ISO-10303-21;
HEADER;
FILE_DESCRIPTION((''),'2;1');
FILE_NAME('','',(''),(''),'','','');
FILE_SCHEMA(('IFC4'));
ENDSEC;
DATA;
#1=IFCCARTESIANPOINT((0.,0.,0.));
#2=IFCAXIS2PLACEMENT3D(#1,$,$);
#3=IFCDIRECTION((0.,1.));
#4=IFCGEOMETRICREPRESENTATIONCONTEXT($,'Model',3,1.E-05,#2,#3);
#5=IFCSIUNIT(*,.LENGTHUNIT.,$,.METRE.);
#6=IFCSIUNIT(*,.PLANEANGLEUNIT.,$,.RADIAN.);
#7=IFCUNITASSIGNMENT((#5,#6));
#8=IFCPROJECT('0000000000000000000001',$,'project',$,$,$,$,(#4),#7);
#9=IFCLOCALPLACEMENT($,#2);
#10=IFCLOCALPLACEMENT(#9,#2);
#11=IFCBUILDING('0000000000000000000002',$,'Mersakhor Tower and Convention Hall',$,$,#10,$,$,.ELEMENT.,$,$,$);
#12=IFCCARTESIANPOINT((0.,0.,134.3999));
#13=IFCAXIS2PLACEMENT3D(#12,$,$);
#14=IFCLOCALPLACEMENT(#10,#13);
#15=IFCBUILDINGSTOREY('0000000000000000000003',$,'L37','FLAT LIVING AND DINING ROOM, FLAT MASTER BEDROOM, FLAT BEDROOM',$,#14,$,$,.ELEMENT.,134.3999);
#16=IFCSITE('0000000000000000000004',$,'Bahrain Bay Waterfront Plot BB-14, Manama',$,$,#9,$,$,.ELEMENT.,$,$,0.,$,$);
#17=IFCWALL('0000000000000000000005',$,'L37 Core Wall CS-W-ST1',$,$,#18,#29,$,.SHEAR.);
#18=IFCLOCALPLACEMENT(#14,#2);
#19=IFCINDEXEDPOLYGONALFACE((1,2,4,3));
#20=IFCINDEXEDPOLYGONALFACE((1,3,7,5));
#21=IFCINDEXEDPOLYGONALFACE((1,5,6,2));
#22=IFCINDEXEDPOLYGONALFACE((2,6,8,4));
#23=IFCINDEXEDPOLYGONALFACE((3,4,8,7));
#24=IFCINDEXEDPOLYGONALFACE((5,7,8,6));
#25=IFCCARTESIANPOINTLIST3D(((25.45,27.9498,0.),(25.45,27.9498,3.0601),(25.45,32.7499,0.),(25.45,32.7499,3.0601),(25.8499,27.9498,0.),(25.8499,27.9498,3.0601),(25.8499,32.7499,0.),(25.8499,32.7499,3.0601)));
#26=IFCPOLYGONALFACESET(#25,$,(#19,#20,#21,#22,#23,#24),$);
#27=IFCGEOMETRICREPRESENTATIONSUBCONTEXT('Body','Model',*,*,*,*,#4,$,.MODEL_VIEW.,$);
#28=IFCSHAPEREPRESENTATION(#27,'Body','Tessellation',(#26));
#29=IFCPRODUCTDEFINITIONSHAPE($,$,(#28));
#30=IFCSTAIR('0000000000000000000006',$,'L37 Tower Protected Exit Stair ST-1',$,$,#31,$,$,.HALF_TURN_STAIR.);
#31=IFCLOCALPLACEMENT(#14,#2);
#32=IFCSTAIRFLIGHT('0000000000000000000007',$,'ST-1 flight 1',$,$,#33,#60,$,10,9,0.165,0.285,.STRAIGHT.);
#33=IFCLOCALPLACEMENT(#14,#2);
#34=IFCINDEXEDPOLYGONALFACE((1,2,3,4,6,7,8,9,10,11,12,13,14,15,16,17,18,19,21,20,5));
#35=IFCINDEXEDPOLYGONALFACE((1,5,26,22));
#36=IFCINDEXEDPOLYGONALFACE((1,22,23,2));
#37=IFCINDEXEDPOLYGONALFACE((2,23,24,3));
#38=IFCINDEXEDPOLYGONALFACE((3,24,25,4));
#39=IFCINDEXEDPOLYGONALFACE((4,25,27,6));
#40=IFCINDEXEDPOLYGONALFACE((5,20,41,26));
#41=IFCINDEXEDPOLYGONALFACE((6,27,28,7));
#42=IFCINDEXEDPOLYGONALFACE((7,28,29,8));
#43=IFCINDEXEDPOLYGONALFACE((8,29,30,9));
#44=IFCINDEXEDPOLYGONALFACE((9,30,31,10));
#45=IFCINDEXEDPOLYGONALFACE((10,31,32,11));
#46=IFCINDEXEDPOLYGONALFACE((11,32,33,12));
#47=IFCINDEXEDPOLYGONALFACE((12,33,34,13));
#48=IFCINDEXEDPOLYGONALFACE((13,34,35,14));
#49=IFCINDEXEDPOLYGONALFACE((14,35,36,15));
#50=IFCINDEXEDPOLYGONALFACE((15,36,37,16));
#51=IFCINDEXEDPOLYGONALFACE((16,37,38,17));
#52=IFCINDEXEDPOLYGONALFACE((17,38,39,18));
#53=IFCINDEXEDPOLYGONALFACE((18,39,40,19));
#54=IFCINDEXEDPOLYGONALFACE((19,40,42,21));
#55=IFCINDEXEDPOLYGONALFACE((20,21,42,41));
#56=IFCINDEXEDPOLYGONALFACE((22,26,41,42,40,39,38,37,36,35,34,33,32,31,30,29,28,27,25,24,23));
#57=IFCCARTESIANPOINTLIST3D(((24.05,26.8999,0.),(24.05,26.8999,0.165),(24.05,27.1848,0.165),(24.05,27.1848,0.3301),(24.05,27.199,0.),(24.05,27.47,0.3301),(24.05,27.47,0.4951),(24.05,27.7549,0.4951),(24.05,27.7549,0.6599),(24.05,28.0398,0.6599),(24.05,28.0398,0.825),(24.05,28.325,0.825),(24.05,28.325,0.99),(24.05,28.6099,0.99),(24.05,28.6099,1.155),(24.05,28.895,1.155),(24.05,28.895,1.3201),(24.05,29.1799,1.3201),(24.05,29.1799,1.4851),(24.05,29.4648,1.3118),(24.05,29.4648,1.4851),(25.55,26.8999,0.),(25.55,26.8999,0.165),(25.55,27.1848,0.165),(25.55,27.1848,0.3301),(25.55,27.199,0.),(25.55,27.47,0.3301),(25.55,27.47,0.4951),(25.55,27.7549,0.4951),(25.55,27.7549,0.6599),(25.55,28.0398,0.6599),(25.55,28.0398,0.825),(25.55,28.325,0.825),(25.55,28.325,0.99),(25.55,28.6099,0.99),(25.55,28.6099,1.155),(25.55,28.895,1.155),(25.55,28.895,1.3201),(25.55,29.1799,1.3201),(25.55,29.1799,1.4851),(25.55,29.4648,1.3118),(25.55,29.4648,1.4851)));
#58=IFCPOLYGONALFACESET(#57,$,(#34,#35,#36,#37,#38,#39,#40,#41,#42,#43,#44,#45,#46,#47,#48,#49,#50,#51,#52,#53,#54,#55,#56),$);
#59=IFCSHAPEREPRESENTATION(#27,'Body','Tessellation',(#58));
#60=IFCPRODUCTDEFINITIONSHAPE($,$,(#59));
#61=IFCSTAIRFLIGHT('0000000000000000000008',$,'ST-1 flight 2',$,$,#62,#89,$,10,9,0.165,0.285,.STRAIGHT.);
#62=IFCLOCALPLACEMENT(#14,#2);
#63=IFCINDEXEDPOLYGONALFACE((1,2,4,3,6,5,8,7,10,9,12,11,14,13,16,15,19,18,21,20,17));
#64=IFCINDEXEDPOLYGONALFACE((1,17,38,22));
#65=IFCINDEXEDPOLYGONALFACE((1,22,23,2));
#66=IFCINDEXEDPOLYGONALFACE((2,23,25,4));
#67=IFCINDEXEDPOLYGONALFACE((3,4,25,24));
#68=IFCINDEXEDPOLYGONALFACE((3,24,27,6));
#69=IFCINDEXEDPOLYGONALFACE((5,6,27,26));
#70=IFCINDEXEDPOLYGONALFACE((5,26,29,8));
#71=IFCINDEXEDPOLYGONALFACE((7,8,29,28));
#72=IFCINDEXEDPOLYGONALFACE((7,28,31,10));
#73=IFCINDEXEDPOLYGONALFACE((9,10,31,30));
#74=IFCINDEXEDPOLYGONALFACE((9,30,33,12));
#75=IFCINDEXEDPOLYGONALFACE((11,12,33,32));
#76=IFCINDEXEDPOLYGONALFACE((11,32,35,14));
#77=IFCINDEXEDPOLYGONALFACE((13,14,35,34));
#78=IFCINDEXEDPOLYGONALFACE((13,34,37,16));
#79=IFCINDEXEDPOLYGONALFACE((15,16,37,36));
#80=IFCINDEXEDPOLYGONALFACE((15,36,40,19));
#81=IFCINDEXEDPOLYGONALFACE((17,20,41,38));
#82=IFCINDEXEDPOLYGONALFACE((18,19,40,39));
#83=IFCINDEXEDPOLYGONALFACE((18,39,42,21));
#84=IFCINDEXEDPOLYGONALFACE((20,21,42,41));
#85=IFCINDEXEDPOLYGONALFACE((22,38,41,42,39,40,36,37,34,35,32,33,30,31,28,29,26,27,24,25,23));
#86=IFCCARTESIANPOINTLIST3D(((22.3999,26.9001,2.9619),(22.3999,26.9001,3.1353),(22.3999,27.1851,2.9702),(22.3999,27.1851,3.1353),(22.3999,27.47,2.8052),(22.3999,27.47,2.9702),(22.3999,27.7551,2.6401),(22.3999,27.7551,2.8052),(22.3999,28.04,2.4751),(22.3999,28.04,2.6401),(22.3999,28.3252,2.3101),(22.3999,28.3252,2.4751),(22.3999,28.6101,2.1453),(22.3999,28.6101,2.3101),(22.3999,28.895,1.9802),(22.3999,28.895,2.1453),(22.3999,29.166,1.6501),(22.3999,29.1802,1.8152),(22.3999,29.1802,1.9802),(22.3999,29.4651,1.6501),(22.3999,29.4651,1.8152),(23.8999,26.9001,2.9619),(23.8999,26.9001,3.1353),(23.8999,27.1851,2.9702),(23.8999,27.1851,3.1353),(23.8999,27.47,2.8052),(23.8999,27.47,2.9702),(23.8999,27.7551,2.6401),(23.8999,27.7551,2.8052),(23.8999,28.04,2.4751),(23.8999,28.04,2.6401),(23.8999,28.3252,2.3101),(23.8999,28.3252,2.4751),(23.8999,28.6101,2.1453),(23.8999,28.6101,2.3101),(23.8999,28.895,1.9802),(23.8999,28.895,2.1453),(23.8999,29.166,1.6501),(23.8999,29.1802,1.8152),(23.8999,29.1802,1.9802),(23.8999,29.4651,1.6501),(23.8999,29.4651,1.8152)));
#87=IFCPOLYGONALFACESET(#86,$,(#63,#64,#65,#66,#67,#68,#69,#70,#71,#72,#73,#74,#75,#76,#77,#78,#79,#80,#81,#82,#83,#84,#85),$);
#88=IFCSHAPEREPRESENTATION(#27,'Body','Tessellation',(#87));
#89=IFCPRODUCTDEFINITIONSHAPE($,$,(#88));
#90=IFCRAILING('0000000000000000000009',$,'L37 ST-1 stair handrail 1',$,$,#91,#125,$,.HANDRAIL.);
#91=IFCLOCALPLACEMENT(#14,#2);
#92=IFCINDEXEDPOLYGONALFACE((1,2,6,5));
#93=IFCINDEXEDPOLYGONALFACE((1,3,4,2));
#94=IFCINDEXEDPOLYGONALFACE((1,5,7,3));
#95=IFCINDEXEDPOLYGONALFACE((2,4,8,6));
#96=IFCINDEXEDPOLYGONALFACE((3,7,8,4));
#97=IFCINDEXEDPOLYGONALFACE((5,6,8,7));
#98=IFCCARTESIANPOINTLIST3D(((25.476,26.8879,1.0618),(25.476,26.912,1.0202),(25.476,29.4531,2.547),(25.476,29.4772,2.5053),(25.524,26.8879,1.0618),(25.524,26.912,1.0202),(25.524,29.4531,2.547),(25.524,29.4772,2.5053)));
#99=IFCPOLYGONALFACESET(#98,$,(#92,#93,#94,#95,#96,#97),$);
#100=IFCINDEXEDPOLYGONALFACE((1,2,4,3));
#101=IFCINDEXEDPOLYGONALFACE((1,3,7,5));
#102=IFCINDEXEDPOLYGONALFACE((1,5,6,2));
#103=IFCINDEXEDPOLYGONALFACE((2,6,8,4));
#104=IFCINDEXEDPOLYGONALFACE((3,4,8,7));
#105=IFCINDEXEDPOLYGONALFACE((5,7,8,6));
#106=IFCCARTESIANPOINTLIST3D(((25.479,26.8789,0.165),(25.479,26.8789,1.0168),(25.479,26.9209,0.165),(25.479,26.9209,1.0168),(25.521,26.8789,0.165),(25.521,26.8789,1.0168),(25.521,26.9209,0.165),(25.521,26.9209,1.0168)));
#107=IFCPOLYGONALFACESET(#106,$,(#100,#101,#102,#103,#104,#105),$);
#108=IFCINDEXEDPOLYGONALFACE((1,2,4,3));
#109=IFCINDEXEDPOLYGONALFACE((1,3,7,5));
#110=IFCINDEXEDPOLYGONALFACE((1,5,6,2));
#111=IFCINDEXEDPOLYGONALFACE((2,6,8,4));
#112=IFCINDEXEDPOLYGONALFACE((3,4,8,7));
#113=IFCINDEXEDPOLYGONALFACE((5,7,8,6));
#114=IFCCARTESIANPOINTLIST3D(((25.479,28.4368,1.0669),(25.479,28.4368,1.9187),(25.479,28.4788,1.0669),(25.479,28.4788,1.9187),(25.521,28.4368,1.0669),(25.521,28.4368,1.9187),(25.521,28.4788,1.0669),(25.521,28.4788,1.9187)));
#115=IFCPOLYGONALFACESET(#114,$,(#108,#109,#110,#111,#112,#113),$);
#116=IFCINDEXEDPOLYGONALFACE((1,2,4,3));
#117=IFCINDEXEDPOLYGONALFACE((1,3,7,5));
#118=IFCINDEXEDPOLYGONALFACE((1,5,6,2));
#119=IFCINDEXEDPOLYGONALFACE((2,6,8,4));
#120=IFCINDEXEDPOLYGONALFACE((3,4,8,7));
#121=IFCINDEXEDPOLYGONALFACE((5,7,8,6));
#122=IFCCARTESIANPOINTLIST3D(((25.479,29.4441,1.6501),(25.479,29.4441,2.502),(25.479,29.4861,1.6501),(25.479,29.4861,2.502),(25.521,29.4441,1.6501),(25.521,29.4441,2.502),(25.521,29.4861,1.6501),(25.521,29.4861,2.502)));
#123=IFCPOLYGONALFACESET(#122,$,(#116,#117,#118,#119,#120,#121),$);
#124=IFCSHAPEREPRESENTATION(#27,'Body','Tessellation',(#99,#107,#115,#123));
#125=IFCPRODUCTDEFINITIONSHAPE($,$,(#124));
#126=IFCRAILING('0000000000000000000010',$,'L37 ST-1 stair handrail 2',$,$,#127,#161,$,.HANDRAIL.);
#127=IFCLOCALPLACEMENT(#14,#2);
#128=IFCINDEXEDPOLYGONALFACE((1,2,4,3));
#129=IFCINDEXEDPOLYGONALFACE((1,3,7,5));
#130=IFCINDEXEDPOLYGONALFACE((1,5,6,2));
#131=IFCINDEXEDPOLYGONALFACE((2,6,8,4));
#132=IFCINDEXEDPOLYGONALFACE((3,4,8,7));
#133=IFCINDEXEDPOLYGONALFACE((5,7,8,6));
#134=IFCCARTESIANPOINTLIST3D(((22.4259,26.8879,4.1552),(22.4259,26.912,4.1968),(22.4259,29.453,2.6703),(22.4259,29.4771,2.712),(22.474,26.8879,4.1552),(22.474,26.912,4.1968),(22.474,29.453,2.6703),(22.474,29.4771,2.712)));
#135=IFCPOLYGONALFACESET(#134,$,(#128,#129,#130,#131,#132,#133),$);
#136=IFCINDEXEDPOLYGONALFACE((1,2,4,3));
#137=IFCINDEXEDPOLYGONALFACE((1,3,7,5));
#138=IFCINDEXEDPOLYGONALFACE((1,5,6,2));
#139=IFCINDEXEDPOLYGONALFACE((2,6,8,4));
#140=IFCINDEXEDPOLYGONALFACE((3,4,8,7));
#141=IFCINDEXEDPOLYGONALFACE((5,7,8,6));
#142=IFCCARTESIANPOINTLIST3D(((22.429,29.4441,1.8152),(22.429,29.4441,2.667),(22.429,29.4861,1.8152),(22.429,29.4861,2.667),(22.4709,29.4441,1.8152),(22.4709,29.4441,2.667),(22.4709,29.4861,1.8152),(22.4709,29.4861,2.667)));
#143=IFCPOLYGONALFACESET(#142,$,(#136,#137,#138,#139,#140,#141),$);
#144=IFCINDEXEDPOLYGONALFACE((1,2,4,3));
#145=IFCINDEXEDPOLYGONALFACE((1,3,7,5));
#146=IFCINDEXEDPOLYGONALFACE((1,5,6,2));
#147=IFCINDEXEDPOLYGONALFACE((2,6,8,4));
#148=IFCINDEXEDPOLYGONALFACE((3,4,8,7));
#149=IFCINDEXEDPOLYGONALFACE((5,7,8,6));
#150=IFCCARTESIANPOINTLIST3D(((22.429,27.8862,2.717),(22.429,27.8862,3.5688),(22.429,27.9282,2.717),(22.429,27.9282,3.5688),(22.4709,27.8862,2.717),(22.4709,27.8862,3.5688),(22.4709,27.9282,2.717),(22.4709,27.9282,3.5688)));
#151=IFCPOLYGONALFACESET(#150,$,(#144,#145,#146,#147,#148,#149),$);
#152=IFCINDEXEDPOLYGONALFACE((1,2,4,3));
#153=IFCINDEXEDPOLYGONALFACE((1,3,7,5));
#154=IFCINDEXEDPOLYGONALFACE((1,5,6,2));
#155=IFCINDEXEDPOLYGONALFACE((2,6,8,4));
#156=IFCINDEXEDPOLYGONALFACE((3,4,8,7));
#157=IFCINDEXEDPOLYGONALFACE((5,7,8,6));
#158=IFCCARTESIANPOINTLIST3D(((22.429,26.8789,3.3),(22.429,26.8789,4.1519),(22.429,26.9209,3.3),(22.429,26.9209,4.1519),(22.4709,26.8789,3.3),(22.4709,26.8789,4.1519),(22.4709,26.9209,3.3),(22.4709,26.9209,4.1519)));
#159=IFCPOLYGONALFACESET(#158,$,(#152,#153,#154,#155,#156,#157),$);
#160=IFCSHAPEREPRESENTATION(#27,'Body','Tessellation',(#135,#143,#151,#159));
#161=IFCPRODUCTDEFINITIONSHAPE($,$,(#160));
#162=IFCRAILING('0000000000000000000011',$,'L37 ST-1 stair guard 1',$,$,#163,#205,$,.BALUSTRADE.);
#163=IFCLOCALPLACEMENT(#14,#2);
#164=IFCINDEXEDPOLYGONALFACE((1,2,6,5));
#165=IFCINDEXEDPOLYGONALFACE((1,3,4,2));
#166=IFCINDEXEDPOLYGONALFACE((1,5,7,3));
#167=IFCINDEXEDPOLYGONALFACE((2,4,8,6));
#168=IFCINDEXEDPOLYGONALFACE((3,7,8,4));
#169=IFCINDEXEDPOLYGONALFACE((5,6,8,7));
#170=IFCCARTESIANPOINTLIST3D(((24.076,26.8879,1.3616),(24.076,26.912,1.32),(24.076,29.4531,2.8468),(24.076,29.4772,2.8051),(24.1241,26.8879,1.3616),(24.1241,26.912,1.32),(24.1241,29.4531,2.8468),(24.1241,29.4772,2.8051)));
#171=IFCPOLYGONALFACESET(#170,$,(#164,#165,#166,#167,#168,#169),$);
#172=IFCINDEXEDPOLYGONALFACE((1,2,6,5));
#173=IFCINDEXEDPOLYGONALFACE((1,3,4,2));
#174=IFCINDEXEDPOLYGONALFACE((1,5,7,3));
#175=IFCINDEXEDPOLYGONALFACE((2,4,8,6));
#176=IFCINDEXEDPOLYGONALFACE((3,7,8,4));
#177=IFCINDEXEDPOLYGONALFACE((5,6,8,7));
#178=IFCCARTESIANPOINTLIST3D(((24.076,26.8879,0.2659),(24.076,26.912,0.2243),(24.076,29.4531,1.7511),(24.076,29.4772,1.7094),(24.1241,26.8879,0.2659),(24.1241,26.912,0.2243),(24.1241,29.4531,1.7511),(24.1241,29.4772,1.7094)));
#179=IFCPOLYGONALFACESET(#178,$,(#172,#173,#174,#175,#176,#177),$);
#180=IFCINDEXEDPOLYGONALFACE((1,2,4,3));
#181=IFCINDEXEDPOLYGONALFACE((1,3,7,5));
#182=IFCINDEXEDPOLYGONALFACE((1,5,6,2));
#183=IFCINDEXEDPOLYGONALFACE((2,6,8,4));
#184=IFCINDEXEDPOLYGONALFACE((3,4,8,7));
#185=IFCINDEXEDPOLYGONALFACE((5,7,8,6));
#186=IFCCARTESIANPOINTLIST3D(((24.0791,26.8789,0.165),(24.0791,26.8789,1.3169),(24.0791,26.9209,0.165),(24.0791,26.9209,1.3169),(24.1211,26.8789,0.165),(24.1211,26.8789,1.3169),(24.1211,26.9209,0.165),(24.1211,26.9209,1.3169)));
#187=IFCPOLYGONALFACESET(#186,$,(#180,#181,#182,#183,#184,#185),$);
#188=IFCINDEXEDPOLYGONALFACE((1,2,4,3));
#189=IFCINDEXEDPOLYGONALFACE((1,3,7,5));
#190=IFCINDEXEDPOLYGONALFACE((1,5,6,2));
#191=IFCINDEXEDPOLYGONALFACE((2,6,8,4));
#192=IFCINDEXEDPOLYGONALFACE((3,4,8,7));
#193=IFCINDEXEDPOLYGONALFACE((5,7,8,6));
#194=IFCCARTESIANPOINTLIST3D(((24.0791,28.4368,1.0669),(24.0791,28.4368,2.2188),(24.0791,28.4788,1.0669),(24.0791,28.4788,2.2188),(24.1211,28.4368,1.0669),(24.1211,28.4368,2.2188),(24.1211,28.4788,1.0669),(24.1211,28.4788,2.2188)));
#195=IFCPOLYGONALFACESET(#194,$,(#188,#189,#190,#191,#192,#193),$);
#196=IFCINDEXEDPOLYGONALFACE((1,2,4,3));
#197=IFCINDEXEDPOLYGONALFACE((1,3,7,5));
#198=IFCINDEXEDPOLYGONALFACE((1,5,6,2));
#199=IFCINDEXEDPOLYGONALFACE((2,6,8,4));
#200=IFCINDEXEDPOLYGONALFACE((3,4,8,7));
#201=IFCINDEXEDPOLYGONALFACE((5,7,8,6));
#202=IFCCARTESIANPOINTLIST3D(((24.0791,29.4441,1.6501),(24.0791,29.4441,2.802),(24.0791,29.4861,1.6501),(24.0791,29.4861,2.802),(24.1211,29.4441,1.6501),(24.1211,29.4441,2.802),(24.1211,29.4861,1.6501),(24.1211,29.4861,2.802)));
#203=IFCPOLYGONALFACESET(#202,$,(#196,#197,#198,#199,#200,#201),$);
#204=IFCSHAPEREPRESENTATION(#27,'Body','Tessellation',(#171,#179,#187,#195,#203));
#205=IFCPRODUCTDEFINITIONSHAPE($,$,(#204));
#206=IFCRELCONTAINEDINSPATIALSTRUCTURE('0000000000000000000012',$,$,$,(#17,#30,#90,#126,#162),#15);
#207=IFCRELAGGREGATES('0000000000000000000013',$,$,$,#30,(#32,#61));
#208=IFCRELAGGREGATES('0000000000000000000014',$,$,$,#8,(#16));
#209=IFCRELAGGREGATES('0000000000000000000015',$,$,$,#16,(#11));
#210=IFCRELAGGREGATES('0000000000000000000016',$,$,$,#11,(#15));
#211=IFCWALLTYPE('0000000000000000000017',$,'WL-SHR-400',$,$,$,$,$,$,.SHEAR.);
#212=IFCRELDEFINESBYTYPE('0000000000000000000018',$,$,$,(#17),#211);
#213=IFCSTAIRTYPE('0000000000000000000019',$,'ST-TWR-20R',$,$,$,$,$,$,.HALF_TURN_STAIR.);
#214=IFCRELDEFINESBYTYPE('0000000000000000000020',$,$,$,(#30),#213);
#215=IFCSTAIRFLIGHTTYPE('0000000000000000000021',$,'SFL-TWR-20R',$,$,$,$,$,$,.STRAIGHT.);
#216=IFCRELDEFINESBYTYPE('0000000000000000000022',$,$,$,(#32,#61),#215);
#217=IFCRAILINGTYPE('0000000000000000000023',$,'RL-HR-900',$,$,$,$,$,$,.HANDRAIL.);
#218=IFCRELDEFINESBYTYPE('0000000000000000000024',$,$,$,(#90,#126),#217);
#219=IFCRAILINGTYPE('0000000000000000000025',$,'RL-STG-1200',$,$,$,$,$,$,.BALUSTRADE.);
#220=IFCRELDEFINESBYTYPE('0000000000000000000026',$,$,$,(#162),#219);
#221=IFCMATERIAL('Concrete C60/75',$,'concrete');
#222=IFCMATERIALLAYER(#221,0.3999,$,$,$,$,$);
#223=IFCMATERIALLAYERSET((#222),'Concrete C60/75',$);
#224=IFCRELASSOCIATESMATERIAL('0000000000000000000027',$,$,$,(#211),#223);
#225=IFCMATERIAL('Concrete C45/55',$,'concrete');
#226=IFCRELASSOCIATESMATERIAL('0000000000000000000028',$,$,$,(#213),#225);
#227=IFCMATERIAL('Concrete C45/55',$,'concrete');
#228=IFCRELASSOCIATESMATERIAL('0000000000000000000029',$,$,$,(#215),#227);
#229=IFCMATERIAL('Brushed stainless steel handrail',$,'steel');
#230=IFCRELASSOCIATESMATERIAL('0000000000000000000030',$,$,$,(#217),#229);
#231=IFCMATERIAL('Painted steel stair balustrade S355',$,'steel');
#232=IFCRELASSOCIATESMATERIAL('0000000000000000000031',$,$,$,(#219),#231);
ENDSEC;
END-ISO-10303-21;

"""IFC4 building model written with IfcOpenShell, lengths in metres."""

from ifc_helpers import new_model, si_unit, direction, frame, frame_2d, origin, origin_2d, place, context, subcontext, project, spatial, polyline, rectangle, outline, extrude, material, layer, layer_set, type_object, element, aggregate, save


model = new_model("IFC4")

# Units and contexts
model_context = context("Model", 3, precision=1e-05, world=origin(), true_north=direction((0.0, 1.0)))
body_context = subcontext(model_context, "Body", "Model", "MODEL_VIEW")
ifc_project = project(units=[si_unit("LENGTHUNIT", "METRE"), si_unit("PLANEANGLEUNIT", "RADIAN")], contexts=[model_context])

# Site, building, storey
site_placement = place(None, origin())
site = spatial("IfcSite", under=ifc_project, at=site_placement, Name="Bahrain Bay Waterfront Plot BB-14, Manama", CompositionType="ELEMENT", RefElevation=0.0)
building_placement = place(site_placement, origin())
building = spatial("IfcBuilding", under=site, at=building_placement, Name="Mersakhor Tower and Convention Hall", CompositionType="ELEMENT")
storey_placement = place(building_placement, frame((0.0, 0.0, 134.3999)))
storey = spatial("IfcBuildingStorey", under=building, at=storey_placement, Name="L37", Description="FLAT LIVING AND DINING ROOM, FLAT MASTER BEDROOM, FLAT BEDROOM", CompositionType="ELEMENT", Elevation=134.3999)

# Shared definitions
ifc_material_1 = material(Name="Concrete C60/75", Category="concrete")
ifc_layer_1 = layer(ifc_material_1, 0.3999)
ifc_layer_set_1 = layer_set([ifc_layer_1], Name="Concrete C60/75")
wall_type_1 = type_object("IfcWallType", Name="WL-SHR-400", PredefinedType="SHEAR", material=ifc_layer_set_1)

# Wall
wall_1_placement = place(storey_placement, frame((25.6499, 27.95, 0.0), z_axis=(0.0, 0.0, 1.0), x_axis=(0.0, 1.0, 0.0)))
element("IfcWall", 1, at=wall_1_placement, inside=storey, type_object=wall_type_1, Name="L37 Core Wall CS-W-ST1", PredefinedType="SHEAR", context=body_context, shape_type="SweptSolid", body=[
    extrude(rectangle(XDim=4.8, YDim=0.3999, at=frame_2d((2.3999, 0.0))), origin(), (0.0, 0.0, 1.0), 3.0601),
])

# Stair, stair flights
ifc_material_2 = material(Name="Concrete C45/55", Category="concrete")
stair_type = type_object("IfcStairType", Name="ST-TWR-20R", PredefinedType="HALF_TURN_STAIR", material=ifc_material_2)
stair_placement = place(storey_placement, origin())
stair = element("IfcStair", 2, at=stair_placement, inside=storey, type_object=stair_type, Name="L37 Tower Protected Exit Stair ST-1", PredefinedType="HALF_TURN_STAIR")
ifc_material_3 = material(Name="Concrete C45/55", Category="concrete")
stair_flight_type = type_object("IfcStairFlightType", Name="SFL-TWR-20R", PredefinedType="STRAIGHT", material=ifc_material_3)
stair_flight_1_placement = place(storey_placement, frame((24.8, 26.8999, 0.0), z_axis=(0.0, 0.0, 1.0), x_axis=(0.0, 1.0, 0.0)))
stair_flight_1 = element("IfcStairFlight", 3, at=stair_flight_1_placement, type_object=stair_flight_type, Name="ST-1 flight 1", NumberOfRisers=10, NumberOfTreads=9, PredefinedType="STRAIGHT", RiserHeight=0.165, TreadLength=0.285, context=body_context, shape_type="SweptSolid", body=[
    extrude(outline(polyline([(0.0, 0.0), (0.0, 0.165), (0.2849, 0.165), (0.2849, 0.3301), (0.5701, 0.3301), (0.5701, 0.4951), (0.855, 0.4951), (0.855, 0.6599), (1.1399, 0.6599), (1.1399, 0.825), (1.425, 0.825), (1.425, 0.99), (1.71, 0.99), (1.71, 1.155), (1.9951, 1.155), (1.9951, 1.3201), (2.28, 1.3201), (2.28, 1.4851), (2.5649, 1.4851), (2.5649, 1.6499), (2.5649, 1.3118), (0.2991, 0.0), (0.0, 0.0)])), frame((0.0, 0.75, 0.0), z_axis=(0.0, -1.0, 0.0), x_axis=(1.0, 0.0, 0.0)), (0.0, 0.0, 1.0), 1.5),
])
stair_flight_2_placement = place(storey_placement, frame((23.1499, 29.4651, 1.6501), z_axis=(0.0, 0.0, 1.0), x_axis=(0.0, -1.0, 0.0)))
stair_flight_2 = element("IfcStairFlight", 4, at=stair_flight_2_placement, type_object=stair_flight_type, Name="ST-1 flight 2", NumberOfRisers=10, NumberOfTreads=9, PredefinedType="STRAIGHT", RiserHeight=0.165, TreadLength=0.285, context=body_context, shape_type="SweptSolid", body=[
    extrude(outline(polyline([(0.0, 0.0), (0.0, 0.165), (0.2849, 0.165), (0.2849, 0.3301), (0.5701, 0.3301), (0.5701, 0.4951), (0.855, 0.4951), (0.855, 0.6599), (1.1399, 0.6599), (1.1399, 0.825), (1.425, 0.825), (1.425, 0.99), (1.71, 0.99), (1.71, 1.155), (1.9951, 1.155), (1.9951, 1.3201), (2.28, 1.3201), (2.28, 1.4851), (2.5649, 1.4851), (2.5649, 1.6499), (2.5649, 1.3118), (0.2991, 0.0), (0.0, 0.0)])), frame((0.0, 0.75, 0.0), z_axis=(0.0, -1.0, 0.0), x_axis=(1.0, 0.0, 0.0)), (0.0, 0.0, 1.0), 1.5),
])
aggregate(stair, [stair_flight_1, stair_flight_2])

# Railings
ifc_material_4 = material(Name="Brushed stainless steel handrail", Category="steel")
railing_type_1 = type_object("IfcRailingType", Name="RL-HR-900", PredefinedType="HANDRAIL", material=ifc_material_4)
railing_1_placement = place(storey_placement, frame((25.5, 26.8999, 0.165)))
element("IfcRailing", 5, at=railing_1_placement, inside=storey, type_object=railing_type_1, Name="L37 ST-1 stair handrail 1", PredefinedType="HANDRAIL", context=body_context, shape_type="SweptSolid", body=[
    extrude(rectangle(XDim=0.0481, YDim=0.0481, at=origin_2d()), frame((0.0, 0.0, 0.876), z_axis=(0.0, 0.865426, 0.501036), x_axis=(-1.0, 0.0, 0.0)), (0.0, 0.0, 1.0), 2.9641),
    extrude(rectangle(XDim=0.042, YDim=0.042, at=origin_2d()), origin(), (0.0, 0.0, 1.0), 0.8518),
    extrude(rectangle(XDim=0.042, YDim=0.042, at=origin_2d()), frame((0.0, 1.5579, 0.9019)), (0.0, 0.0, 1.0), 0.8518),
    extrude(rectangle(XDim=0.042, YDim=0.042, at=origin_2d()), frame((0.0, 2.5652, 1.4851)), (0.0, 0.0, 1.0), 0.8518),
])
railing_2_placement = place(storey_placement, frame((22.45, 29.4651, 1.8152)))
element("IfcRailing", 6, at=railing_2_placement, inside=storey, type_object=railing_type_1, Name="L37 ST-1 stair handrail 2", PredefinedType="HANDRAIL", context=body_context, shape_type="SweptSolid", body=[
    extrude(rectangle(XDim=0.0481, YDim=0.0481, at=origin_2d()), frame((0.0, 0.0, 0.876), z_axis=(0.0, -0.865462, 0.500975), x_axis=(1.0, 0.0, 0.0)), (0.0, 0.0, 1.0), 2.9639),
    extrude(rectangle(XDim=0.042, YDim=0.042, at=origin_2d()), origin(), (0.0, 0.0, 1.0), 0.8518),
    extrude(rectangle(XDim=0.042, YDim=0.042, at=origin_2d()), frame((0.0, -1.5579, 0.9019)), (0.0, 0.0, 1.0), 0.8518),
    extrude(rectangle(XDim=0.042, YDim=0.042, at=origin_2d()), frame((0.0, -2.5652, 1.4849)), (0.0, 0.0, 1.0), 0.8518),
])
ifc_material_5 = material(Name="Painted steel stair balustrade S355", Category="steel")
railing_type_2 = type_object("IfcRailingType", Name="RL-STG-1200", PredefinedType="BALUSTRADE", material=ifc_material_5)
railing_3_placement = place(storey_placement, frame((24.1001, 26.8999, 0.165)))
element("IfcRailing", 7, at=railing_3_placement, inside=storey, type_object=railing_type_2, Name="L37 ST-1 stair guard 1", PredefinedType="BALUSTRADE", context=body_context, shape_type="SweptSolid", body=[
    extrude(rectangle(XDim=0.0481, YDim=0.0481, at=origin_2d()), frame((0.0, 0.0, 1.1758), z_axis=(0.0, 0.865426, 0.501036), x_axis=(-1.0, 0.0, 0.0)), (0.0, 0.0, 1.0), 2.9641),
    extrude(rectangle(XDim=0.0481, YDim=0.0481, at=origin_2d()), frame((0.0, 0.0, 0.0801), z_axis=(0.0, 0.865426, 0.501036), x_axis=(-1.0, 0.0, 0.0)), (0.0, 0.0, 1.0), 2.9641),
    extrude(rectangle(XDim=0.042, YDim=0.042, at=origin_2d()), origin(), (0.0, 0.0, 1.0), 1.1519),
    extrude(rectangle(XDim=0.042, YDim=0.042, at=origin_2d()), frame((0.0, 1.5579, 0.9019)), (0.0, 0.0, 1.0), 1.1519),
    extrude(rectangle(XDim=0.042, YDim=0.042, at=origin_2d()), frame((0.0, 2.5652, 1.4851)), (0.0, 0.0, 1.0), 1.1519),
])

save(model, "model.ifc")
